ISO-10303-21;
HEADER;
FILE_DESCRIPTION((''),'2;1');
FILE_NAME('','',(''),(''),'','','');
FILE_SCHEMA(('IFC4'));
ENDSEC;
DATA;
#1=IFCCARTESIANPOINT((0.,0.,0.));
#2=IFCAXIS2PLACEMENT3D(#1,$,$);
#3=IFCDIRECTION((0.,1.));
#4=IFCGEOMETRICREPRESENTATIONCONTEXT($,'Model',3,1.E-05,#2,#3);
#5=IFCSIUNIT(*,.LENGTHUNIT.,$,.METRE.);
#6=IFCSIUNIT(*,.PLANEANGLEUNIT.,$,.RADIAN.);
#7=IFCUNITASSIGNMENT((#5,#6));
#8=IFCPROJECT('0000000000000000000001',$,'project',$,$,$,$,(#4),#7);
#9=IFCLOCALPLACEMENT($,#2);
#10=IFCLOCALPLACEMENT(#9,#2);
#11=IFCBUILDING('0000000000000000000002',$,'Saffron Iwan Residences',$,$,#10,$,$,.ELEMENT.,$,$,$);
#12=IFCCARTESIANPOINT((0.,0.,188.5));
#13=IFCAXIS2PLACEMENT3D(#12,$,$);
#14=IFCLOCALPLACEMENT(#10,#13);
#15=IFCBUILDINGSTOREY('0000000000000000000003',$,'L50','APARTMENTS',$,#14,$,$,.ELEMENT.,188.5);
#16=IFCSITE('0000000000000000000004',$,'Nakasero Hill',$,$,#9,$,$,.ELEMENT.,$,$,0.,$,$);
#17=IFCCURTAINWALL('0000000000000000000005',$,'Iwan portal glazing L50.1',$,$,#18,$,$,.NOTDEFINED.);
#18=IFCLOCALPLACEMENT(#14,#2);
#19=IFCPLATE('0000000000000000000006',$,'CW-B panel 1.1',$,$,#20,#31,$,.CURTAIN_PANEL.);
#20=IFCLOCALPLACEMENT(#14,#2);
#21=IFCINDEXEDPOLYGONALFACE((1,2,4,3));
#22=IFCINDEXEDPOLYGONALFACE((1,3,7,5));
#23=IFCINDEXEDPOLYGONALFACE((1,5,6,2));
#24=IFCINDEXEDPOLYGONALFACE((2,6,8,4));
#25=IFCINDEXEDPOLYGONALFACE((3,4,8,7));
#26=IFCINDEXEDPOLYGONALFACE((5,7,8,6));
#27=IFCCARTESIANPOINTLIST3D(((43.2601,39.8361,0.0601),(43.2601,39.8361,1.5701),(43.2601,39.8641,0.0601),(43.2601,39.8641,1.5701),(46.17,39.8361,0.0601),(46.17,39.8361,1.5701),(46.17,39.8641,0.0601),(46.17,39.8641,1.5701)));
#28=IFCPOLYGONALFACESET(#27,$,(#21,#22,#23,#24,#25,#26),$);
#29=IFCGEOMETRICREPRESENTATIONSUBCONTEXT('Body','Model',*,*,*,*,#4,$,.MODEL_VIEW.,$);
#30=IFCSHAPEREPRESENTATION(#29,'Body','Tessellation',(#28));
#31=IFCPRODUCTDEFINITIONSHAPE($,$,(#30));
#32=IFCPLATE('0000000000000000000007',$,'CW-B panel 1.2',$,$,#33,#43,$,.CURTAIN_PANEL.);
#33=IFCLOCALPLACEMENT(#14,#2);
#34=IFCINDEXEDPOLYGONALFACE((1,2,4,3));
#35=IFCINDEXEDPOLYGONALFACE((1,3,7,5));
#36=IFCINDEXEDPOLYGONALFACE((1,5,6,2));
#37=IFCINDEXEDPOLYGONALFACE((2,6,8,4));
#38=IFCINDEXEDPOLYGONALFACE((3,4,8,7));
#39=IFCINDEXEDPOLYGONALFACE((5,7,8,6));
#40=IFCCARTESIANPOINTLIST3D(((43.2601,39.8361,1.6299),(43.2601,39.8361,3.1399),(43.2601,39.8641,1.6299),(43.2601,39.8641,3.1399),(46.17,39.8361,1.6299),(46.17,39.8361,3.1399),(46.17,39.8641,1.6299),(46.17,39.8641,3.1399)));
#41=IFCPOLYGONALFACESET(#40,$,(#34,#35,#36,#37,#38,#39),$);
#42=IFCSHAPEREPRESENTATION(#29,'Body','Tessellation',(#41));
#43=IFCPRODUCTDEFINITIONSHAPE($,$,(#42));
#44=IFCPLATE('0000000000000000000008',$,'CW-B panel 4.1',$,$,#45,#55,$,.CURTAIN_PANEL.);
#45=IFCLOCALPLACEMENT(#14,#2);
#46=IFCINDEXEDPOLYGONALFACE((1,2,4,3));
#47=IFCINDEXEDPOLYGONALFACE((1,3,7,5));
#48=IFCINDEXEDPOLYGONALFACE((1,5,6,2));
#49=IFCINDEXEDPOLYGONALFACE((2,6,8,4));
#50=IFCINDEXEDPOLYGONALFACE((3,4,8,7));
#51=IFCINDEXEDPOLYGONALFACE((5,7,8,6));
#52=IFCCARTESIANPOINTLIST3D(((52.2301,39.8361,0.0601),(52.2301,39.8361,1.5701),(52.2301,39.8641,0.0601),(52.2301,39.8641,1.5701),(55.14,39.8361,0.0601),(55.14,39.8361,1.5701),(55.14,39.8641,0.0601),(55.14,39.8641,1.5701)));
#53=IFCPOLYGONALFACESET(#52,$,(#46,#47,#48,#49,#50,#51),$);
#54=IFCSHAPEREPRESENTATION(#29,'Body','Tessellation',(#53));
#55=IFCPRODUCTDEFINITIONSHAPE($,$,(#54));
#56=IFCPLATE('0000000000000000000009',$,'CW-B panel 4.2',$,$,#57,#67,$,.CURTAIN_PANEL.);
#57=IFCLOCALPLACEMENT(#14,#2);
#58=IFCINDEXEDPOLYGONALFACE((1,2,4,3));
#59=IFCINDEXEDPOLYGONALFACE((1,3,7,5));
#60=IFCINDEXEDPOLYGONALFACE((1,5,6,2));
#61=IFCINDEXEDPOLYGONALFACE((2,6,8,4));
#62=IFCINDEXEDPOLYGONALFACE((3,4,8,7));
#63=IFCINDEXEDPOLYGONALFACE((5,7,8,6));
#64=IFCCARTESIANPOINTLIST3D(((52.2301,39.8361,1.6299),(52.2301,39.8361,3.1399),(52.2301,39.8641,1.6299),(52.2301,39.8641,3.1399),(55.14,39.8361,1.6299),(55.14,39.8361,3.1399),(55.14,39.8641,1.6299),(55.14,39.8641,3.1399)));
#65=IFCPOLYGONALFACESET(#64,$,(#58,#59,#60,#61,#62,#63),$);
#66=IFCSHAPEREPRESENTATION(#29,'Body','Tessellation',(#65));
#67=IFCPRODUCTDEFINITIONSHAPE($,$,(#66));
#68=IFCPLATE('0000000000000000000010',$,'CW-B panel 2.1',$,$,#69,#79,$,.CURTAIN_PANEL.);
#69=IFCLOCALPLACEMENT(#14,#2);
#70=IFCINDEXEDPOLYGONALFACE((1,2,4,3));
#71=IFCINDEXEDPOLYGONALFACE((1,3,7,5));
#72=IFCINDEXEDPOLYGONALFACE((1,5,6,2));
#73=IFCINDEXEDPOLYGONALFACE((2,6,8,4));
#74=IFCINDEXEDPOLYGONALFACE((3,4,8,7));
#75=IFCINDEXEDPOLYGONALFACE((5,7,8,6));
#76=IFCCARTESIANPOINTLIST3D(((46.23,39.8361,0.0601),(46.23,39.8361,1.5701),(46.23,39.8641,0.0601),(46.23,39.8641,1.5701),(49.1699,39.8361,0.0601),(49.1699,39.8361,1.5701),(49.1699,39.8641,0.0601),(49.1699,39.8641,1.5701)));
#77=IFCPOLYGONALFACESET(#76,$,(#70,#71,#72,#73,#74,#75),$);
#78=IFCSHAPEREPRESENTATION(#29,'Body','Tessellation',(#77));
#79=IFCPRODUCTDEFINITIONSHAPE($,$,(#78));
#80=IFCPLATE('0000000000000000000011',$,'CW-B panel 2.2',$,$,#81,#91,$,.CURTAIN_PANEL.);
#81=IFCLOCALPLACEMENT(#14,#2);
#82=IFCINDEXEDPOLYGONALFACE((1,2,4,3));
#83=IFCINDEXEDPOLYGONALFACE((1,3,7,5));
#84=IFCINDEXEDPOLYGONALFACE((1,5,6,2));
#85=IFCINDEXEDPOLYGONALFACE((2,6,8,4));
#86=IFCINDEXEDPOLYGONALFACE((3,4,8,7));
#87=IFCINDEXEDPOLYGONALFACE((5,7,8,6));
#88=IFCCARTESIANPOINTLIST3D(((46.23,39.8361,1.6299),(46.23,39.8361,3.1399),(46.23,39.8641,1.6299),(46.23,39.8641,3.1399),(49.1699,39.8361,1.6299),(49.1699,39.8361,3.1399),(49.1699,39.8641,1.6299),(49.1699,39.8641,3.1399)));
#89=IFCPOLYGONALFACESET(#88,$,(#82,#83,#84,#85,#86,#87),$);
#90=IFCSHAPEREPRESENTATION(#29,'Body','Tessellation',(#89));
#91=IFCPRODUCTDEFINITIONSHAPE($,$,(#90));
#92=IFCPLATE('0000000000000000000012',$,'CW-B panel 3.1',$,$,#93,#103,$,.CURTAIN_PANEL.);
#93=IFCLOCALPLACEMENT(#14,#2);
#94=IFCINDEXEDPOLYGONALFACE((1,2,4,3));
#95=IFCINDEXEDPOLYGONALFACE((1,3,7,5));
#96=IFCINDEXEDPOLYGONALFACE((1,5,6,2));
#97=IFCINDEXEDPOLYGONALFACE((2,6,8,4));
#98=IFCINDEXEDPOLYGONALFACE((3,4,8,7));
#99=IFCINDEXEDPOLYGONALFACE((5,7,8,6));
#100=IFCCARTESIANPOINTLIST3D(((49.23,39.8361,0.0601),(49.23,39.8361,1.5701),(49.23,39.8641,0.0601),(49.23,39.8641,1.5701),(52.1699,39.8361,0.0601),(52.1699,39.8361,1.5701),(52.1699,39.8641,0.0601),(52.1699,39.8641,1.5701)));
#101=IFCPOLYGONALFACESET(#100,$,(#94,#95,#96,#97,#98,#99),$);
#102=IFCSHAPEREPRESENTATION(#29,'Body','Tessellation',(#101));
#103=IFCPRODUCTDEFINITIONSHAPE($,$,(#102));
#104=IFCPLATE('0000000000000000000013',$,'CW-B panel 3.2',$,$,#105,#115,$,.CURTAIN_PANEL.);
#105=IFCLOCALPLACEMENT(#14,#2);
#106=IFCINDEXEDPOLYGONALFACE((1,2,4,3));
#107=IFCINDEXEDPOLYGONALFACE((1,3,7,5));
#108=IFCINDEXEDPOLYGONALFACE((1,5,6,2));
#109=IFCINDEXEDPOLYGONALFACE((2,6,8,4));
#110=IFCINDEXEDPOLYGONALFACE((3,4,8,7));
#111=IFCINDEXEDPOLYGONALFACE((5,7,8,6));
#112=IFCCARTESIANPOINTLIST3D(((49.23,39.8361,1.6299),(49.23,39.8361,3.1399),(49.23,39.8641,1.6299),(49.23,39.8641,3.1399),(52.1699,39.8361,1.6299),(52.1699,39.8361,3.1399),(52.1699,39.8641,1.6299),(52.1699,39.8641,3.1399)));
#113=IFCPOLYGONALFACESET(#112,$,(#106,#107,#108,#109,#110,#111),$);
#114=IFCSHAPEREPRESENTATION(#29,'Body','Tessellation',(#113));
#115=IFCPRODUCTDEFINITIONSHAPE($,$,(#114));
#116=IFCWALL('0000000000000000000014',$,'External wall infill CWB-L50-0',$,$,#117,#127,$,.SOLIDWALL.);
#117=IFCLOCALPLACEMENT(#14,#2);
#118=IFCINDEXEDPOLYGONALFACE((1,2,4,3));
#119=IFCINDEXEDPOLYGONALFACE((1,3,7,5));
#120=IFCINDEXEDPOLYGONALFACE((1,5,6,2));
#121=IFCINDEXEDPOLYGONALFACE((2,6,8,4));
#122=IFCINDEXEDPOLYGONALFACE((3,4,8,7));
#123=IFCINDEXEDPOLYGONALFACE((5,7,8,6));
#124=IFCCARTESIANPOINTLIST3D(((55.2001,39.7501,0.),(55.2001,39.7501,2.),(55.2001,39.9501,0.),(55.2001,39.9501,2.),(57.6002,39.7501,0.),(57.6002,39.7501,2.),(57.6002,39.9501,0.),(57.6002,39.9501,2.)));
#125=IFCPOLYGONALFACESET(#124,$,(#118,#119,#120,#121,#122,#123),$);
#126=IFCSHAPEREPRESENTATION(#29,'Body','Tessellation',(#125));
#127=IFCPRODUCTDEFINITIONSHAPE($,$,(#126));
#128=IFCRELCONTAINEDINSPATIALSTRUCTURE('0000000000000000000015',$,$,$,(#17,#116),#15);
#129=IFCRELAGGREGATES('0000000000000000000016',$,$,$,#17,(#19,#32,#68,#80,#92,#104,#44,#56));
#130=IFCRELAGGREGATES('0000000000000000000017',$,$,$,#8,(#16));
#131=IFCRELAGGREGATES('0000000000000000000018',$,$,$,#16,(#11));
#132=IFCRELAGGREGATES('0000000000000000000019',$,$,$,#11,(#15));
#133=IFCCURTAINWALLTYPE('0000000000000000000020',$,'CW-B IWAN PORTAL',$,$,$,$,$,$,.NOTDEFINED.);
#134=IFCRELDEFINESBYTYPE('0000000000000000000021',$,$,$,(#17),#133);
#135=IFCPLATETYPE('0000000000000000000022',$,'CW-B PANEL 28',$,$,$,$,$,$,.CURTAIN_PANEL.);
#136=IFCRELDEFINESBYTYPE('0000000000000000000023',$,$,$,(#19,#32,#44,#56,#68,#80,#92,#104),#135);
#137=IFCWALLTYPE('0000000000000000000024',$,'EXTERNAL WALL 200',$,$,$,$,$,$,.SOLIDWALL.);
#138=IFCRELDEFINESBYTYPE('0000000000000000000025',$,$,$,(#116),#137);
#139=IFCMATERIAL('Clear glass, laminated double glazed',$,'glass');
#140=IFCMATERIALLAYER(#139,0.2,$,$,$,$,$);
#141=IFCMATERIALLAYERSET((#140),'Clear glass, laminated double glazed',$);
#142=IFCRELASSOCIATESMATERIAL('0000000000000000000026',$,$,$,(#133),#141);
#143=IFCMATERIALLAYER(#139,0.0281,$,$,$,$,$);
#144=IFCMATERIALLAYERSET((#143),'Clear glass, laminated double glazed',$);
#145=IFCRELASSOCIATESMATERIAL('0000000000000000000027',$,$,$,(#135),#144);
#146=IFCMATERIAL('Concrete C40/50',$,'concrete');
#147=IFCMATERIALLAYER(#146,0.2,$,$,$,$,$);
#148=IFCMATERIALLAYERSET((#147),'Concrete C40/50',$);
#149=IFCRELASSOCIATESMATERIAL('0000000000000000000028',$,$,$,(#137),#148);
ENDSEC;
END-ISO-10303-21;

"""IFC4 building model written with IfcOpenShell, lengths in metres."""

from ifc_helpers import new_model, si_unit, direction, frame, frame_2d, origin, origin_2d, place, context, subcontext, project, spatial, rectangle, extrude, source, transform, mapped, material, layer, layer_set, type_object, element, aggregate, save


model = new_model("IFC4")

# Units and contexts
model_context = context("Model", 3, precision=1e-05, world=origin(), true_north=direction((0.0, 1.0)))
body_context = subcontext(model_context, "Body", "Model", "MODEL_VIEW")
ifc_project = project(units=[si_unit("LENGTHUNIT", "METRE"), si_unit("PLANEANGLEUNIT", "RADIAN")], contexts=[model_context])

# Site, building, storey
site_placement = place(None, origin())
site = spatial("IfcSite", under=ifc_project, at=site_placement, Name="Nakasero Hill", CompositionType="ELEMENT", RefElevation=0.0)
building_placement = place(site_placement, origin())
building = spatial("IfcBuilding", under=site, at=building_placement, Name="Saffron Iwan Residences", CompositionType="ELEMENT")
storey_placement = place(building_placement, frame((0.0, 0.0, 188.5)))
storey = spatial("IfcBuildingStorey", under=building, at=storey_placement, Name="L50", Description="APARTMENTS", CompositionType="ELEMENT", Elevation=188.5)

# Curtain wall, plates
ifc_material_1 = material(Name="Clear glass, laminated double glazed", Category="glass")
ifc_layer_1 = layer(ifc_material_1, 0.2)
ifc_layer_set_1 = layer_set([ifc_layer_1], Name="Clear glass, laminated double glazed")
curtain_wall_type = type_object("IfcCurtainWallType", Name="CW-B IWAN PORTAL", PredefinedType="NOTDEFINED", material=ifc_layer_set_1)
curtain_wall_placement = place(storey_placement, origin())
curtain_wall = element("IfcCurtainWall", 1, at=curtain_wall_placement, inside=storey, type_object=curtain_wall_type, Name="Iwan portal glazing L50.1", PredefinedType="NOTDEFINED")
ifc_layer_2 = layer(ifc_material_1, 0.0281)
ifc_layer_set_2 = layer_set([ifc_layer_2], Name="Clear glass, laminated double glazed")
plate_type = type_object("IfcPlateType", Name="CW-B PANEL 28", PredefinedType="CURTAIN_PANEL", material=ifc_layer_set_2)
shared_shape_1 = source(origin(), body_context, "Body", "SweptSolid", [
    extrude(rectangle(XDim=2.9099, YDim=0.0281, at=origin_2d()), origin(), (0.0, 0.0, 1.0), 1.51),
])
plate_1_placement = place(storey_placement, frame((44.7151, 39.8501, 0.0601), z_axis=(0.0, 0.0, 1.0), x_axis=(1.0, 0.0, 0.0)))
plate_1 = element("IfcPlate", 2, at=plate_1_placement, type_object=plate_type, Name="CW-B panel 1.1", PredefinedType="CURTAIN_PANEL", context=body_context, shape_type="MappedRepresentation", body=[
    mapped(shared_shape_1, transform((0.0, 0.0, 0.0))),
])
plate_2_placement = place(storey_placement, frame((44.7151, 39.8501, 1.6299), z_axis=(0.0, 0.0, 1.0), x_axis=(1.0, 0.0, 0.0)))
plate_2 = element("IfcPlate", 3, at=plate_2_placement, type_object=plate_type, Name="CW-B panel 1.2", PredefinedType="CURTAIN_PANEL", context=body_context, shape_type="MappedRepresentation", body=[
    mapped(shared_shape_1, transform((0.0, 0.0, 0.0))),
])
plate_3_placement = place(storey_placement, frame((53.6851, 39.8501, 0.0601), z_axis=(0.0, 0.0, 1.0), x_axis=(1.0, 0.0, 0.0)))
plate_3 = element("IfcPlate", 4, at=plate_3_placement, type_object=plate_type, Name="CW-B panel 4.1", PredefinedType="CURTAIN_PANEL", context=body_context, shape_type="MappedRepresentation", body=[
    mapped(shared_shape_1, transform((0.0, 0.0, 0.0))),
])
plate_4_placement = place(storey_placement, frame((53.6851, 39.8501, 1.6299), z_axis=(0.0, 0.0, 1.0), x_axis=(1.0, 0.0, 0.0)))
plate_4 = element("IfcPlate", 5, at=plate_4_placement, type_object=plate_type, Name="CW-B panel 4.2", PredefinedType="CURTAIN_PANEL", context=body_context, shape_type="MappedRepresentation", body=[
    mapped(shared_shape_1, transform((0.0, 0.0, 0.0))),
])
shared_shape_2 = source(origin(), body_context, "Body", "SweptSolid", [
    extrude(rectangle(XDim=2.9399, YDim=0.0281, at=origin_2d()), origin(), (0.0, 0.0, 1.0), 1.51),
])
plate_5_placement = place(storey_placement, frame((47.7, 39.8501, 0.0601), z_axis=(0.0, 0.0, 1.0), x_axis=(1.0, 0.0, 0.0)))
plate_5 = element("IfcPlate", 6, at=plate_5_placement, type_object=plate_type, Name="CW-B panel 2.1", PredefinedType="CURTAIN_PANEL", context=body_context, shape_type="MappedRepresentation", body=[
    mapped(shared_shape_2, transform((0.0, 0.0, 0.0))),
])
plate_6_placement = place(storey_placement, frame((47.7, 39.8501, 1.6299), z_axis=(0.0, 0.0, 1.0), x_axis=(1.0, 0.0, 0.0)))
plate_6 = element("IfcPlate", 7, at=plate_6_placement, type_object=plate_type, Name="CW-B panel 2.2", PredefinedType="CURTAIN_PANEL", context=body_context, shape_type="MappedRepresentation", body=[
    mapped(shared_shape_2, transform((0.0, 0.0, 0.0))),
])
plate_7_placement = place(storey_placement, frame((50.7, 39.8501, 0.0601), z_axis=(0.0, 0.0, 1.0), x_axis=(1.0, 0.0, 0.0)))
plate_7 = element("IfcPlate", 8, at=plate_7_placement, type_object=plate_type, Name="CW-B panel 3.1", PredefinedType="CURTAIN_PANEL", context=body_context, shape_type="MappedRepresentation", body=[
    mapped(shared_shape_2, transform((0.0, 0.0, 0.0))),
])
plate_8_placement = place(storey_placement, frame((50.7, 39.8501, 1.6299), z_axis=(0.0, 0.0, 1.0), x_axis=(1.0, 0.0, 0.0)))
plate_8 = element("IfcPlate", 9, at=plate_8_placement, type_object=plate_type, Name="CW-B panel 3.2", PredefinedType="CURTAIN_PANEL", context=body_context, shape_type="MappedRepresentation", body=[
    mapped(shared_shape_2, transform((0.0, 0.0, 0.0))),
])
aggregate(curtain_wall, [plate_1, plate_2, plate_5, plate_6, plate_7, plate_8, plate_3, plate_4])

# Wall
ifc_material_2 = material(Name="Concrete C40/50", Category="concrete")
ifc_layer_3 = layer(ifc_material_2, 0.2)
ifc_layer_set_3 = layer_set([ifc_layer_3], Name="Concrete C40/50")
wall_type = type_object("IfcWallType", Name="EXTERNAL WALL 200", PredefinedType="SOLIDWALL", material=ifc_layer_set_3)
wall_placement = place(storey_placement, frame((55.2, 39.8501, 0.0), z_axis=(0.0, 0.0, 1.0), x_axis=(1.0, 0.0, 0.0)))
element("IfcWall", 10, at=wall_placement, inside=storey, type_object=wall_type, Name="External wall infill CWB-L50-0", PredefinedType="SOLIDWALL", context=body_context, shape_type="SweptSolid", body=[
    extrude(rectangle(XDim=2.4001, YDim=0.2, at=frame_2d((1.2002, 0.0))), origin(), (0.0, 0.0, 1.0), 2.0),
])

save(model, "model.ifc")
